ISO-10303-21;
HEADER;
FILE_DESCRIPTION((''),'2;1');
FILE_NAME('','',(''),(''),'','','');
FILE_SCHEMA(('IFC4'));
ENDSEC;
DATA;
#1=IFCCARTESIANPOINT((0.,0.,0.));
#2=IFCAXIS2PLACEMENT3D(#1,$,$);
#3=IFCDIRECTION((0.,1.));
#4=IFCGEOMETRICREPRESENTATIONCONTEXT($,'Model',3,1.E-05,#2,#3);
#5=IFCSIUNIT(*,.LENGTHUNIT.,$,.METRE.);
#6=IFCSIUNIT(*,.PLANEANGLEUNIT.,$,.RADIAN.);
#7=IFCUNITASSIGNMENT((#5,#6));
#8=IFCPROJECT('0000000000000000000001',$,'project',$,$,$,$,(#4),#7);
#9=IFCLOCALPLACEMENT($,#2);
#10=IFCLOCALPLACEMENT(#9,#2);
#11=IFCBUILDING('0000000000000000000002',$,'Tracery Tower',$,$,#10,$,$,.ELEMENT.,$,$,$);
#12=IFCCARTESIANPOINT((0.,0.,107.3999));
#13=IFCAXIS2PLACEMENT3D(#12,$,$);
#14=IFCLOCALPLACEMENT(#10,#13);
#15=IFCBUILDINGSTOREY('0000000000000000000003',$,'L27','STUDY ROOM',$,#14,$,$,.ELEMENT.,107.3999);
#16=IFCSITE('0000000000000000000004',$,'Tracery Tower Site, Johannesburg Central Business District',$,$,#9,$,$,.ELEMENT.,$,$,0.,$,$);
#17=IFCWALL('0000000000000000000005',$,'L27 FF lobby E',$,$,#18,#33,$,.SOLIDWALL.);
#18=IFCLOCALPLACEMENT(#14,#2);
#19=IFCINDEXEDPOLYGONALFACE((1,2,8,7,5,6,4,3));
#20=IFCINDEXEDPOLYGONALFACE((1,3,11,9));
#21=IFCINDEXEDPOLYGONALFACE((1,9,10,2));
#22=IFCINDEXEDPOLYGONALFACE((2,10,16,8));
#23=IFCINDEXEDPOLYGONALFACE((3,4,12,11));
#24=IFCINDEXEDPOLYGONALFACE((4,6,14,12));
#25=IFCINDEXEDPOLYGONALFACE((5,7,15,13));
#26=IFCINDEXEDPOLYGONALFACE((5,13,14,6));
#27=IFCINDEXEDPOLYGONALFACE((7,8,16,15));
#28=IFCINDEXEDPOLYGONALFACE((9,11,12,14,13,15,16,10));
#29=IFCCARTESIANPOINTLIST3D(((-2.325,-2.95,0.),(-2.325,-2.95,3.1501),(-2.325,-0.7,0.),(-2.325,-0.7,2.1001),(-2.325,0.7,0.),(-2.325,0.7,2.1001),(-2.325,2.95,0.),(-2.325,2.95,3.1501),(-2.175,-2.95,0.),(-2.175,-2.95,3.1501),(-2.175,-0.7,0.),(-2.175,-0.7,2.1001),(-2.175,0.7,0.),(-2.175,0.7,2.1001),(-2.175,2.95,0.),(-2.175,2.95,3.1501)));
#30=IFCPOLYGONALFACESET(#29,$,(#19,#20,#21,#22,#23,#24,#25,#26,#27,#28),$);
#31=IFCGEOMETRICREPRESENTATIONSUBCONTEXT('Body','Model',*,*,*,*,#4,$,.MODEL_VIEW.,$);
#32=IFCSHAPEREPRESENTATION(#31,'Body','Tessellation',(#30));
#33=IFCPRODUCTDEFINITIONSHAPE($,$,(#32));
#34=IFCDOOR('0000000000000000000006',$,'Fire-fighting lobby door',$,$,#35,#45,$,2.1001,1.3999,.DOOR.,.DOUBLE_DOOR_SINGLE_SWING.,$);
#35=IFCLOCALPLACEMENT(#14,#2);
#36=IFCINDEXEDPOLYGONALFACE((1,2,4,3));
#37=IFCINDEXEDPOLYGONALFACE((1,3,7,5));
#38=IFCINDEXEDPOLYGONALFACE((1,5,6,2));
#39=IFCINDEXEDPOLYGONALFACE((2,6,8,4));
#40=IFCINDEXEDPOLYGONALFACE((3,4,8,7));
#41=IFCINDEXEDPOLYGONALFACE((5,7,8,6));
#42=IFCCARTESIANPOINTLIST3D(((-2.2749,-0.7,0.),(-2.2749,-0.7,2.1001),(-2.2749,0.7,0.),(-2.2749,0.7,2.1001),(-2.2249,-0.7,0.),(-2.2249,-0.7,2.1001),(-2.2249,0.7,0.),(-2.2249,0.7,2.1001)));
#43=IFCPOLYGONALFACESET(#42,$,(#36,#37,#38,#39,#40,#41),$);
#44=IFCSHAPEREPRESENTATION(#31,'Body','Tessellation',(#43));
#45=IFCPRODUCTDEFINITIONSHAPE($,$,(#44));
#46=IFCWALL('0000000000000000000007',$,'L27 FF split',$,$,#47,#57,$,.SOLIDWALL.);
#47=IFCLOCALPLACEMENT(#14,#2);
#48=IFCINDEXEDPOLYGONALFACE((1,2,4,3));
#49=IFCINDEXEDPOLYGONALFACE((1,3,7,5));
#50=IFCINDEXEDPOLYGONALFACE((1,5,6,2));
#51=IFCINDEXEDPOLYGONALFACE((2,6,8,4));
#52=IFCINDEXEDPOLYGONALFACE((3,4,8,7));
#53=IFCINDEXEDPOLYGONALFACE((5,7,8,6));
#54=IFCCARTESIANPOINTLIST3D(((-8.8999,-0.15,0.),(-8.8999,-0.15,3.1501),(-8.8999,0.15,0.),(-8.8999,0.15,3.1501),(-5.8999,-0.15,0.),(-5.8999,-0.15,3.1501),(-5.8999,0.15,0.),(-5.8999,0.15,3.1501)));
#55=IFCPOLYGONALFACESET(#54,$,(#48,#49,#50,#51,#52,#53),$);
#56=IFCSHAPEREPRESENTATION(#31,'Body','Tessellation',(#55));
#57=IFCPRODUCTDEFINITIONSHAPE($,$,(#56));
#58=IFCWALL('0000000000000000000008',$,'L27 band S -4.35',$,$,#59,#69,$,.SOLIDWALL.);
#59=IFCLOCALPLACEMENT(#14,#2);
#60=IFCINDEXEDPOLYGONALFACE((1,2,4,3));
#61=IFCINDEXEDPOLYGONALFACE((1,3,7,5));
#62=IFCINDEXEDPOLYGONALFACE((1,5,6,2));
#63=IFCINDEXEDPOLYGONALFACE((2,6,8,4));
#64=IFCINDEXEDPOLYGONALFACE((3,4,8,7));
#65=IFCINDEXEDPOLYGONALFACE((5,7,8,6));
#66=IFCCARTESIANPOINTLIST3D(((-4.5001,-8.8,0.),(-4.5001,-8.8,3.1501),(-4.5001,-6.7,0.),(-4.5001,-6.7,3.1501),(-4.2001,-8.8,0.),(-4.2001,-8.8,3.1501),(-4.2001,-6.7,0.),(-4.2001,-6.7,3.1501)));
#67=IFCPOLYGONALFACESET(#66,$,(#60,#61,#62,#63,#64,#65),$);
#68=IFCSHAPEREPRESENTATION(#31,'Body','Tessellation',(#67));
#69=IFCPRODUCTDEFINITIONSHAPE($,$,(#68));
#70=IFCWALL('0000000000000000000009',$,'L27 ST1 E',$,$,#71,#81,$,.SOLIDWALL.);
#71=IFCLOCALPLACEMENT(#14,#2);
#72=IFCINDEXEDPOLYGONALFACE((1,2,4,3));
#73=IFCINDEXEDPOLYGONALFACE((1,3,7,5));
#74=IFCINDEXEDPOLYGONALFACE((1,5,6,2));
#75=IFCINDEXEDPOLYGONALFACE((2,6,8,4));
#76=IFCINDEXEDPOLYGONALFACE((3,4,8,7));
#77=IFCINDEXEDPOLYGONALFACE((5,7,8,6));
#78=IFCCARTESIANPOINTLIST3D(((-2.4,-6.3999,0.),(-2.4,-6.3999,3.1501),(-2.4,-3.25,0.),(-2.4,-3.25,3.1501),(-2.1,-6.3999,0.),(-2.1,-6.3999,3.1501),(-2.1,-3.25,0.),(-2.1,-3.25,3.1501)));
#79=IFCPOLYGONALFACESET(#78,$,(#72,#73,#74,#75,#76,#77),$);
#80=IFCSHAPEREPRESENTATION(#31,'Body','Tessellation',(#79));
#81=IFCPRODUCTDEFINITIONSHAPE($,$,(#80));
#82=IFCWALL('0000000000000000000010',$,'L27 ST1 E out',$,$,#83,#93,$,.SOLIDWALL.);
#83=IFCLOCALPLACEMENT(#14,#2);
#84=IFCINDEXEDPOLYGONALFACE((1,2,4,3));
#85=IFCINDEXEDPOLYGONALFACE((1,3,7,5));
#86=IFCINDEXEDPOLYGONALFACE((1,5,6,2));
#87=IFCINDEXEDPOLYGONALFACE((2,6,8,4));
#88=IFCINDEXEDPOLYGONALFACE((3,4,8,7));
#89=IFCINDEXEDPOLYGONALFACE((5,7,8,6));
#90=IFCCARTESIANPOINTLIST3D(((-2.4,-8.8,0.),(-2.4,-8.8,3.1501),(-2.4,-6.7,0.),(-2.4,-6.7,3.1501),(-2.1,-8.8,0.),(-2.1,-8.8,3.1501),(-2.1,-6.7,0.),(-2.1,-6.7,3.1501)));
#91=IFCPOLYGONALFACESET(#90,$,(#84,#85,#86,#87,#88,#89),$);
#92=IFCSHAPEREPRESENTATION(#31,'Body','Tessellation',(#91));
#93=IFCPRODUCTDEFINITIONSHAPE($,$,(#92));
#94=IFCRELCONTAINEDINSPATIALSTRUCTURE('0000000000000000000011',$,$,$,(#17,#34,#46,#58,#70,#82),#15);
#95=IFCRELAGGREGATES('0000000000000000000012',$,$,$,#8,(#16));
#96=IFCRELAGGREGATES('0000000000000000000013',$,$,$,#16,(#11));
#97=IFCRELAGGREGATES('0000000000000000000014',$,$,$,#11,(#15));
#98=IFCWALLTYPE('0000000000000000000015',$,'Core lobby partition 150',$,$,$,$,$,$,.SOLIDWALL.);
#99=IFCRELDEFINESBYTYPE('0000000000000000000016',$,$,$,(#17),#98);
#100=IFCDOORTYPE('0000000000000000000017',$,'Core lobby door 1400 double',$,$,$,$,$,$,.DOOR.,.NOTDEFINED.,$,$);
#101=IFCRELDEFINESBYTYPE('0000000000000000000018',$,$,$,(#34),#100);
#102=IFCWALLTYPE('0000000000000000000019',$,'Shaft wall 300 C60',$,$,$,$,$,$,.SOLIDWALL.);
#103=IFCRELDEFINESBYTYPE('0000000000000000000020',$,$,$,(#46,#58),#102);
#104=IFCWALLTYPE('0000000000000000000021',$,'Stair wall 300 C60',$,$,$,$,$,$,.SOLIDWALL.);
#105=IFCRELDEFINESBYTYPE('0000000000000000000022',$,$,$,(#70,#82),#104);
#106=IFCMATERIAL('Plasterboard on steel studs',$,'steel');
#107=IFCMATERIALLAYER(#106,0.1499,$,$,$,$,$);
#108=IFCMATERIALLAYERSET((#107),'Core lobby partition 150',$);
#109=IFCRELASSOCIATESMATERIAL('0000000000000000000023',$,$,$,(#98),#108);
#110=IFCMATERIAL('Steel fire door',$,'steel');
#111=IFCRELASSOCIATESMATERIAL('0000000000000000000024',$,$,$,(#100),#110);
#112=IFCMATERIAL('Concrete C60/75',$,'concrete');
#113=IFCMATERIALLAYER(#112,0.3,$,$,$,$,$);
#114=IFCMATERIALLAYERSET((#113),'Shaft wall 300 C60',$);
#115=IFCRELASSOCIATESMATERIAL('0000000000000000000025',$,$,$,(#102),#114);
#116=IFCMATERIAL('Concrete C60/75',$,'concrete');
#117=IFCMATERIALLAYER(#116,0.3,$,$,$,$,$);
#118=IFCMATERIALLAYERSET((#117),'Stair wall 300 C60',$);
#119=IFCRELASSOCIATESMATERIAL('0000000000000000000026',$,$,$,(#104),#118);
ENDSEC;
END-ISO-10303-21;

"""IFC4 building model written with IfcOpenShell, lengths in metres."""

from ifc_helpers import new_model, si_unit, direction, frame, frame_2d, origin, place, context, subcontext, project, spatial, rectangle, extrude, material, layer, layer_set, type_object, element, fill, save


model = new_model("IFC4")

# Units and contexts
model_context = context("Model", 3, precision=1e-05, world=origin(), true_north=direction((0.0, 1.0)))
body_context = subcontext(model_context, "Body", "Model", "MODEL_VIEW")
ifc_project = project(units=[si_unit("LENGTHUNIT", "METRE"), si_unit("PLANEANGLEUNIT", "RADIAN")], contexts=[model_context])

# Site, building, storey
site_placement = place(None, origin())
site = spatial("IfcSite", under=ifc_project, at=site_placement, Name="Tracery Tower Site, Johannesburg Central Business District", CompositionType="ELEMENT", RefElevation=0.0)
building_placement = place(site_placement, origin())
building = spatial("IfcBuilding", under=site, at=building_placement, Name="Tracery Tower", CompositionType="ELEMENT")
storey_placement = place(building_placement, frame((0.0, 0.0, 107.3999)))
storey = spatial("IfcBuildingStorey", under=building, at=storey_placement, Name="L27", Description="STUDY ROOM", CompositionType="ELEMENT", Elevation=107.3999)

# Wall, opening, door
ifc_material_1 = material(Name="Plasterboard on steel studs", Category="steel")
ifc_layer_1 = layer(ifc_material_1, 0.1499)
ifc_layer_set_1 = layer_set([ifc_layer_1], Name="Core lobby partition 150")
wall_type_1 = type_object("IfcWallType", Name="Core lobby partition 150", PredefinedType="SOLIDWALL", material=ifc_layer_set_1)
wall_1_placement = place(storey_placement, frame((-2.25, -2.95, 0.0), z_axis=(0.0, 0.0, 1.0), x_axis=(0.0, 1.0, 0.0)))
wall_1 = element("IfcWall", 1, at=wall_1_placement, inside=storey, type_object=wall_type_1, Name="L27 FF lobby E", PredefinedType="SOLIDWALL", context=body_context, shape_type="SweptSolid", body=[
    extrude(rectangle(XDim=5.8999, YDim=0.1499, at=frame_2d((2.95, 0.0))), origin(), (0.0, 0.0, 1.0), 3.1501),
])
opening_1_placement = place(wall_1_placement, frame((2.25, 0.0, 0.0)))
opening_1 = element("IfcOpeningElement", 2, at=opening_1_placement, cuts=wall_1, PredefinedType="OPENING", context=body_context, shape_type="SweptSolid", body=[
    extrude(rectangle(XDim=1.3999, YDim=2.1001, at=frame_2d((0.7, 1.05))), frame((0.0, 0.075, 0.0), z_axis=(0.0, -1.0, 0.0), x_axis=(1.0, 0.0, 0.0)), (0.0, 0.0, 1.0), 0.1499),
])
ifc_material_2 = material(Name="Steel fire door", Category="steel")
door_type_1 = type_object("IfcDoorType", Name="Core lobby door 1400 double", OperationType="NOTDEFINED", PredefinedType="DOOR", material=ifc_material_2)
door_1_placement = place(opening_1_placement, origin())
door_1 = element("IfcDoor", 3, at=door_1_placement, inside=storey, type_object=door_type_1, Name="Fire-fighting lobby door", OperationType="DOUBLE_DOOR_SINGLE_SWING", OverallHeight=2.1001, OverallWidth=1.3999, PredefinedType="DOOR", context=body_context, shape_type="SweptSolid", body=[
    extrude(rectangle(XDim=1.3999, YDim=2.1001, at=frame_2d((0.7, 1.05))), frame((0.0, 0.0249, 0.0), z_axis=(0.0, -1.0, 0.0), x_axis=(1.0, 0.0, 0.0)), (0.0, 0.0, 1.0), 0.05),
])
fill(opening_1, door_1)

# Wall
ifc_material_3 = material(Name="Concrete C60/75", Category="concrete")
ifc_layer_2 = layer(ifc_material_3, 0.3)
ifc_layer_set_2 = layer_set([ifc_layer_2], Name="Shaft wall 300 C60")
wall_type_2 = type_object("IfcWallType", Name="Shaft wall 300 C60", PredefinedType="SOLIDWALL", material=ifc_layer_set_2)
wall_2_placement = place(storey_placement, frame((-8.8999, 0.0, 0.0), z_axis=(0.0, 0.0, 1.0), x_axis=(1.0, 0.0, 0.0)))
element("IfcWall", 4, at=wall_2_placement, inside=storey, type_object=wall_type_2, Name="L27 FF split", PredefinedType="SOLIDWALL", context=body_context, shape_type="SweptSolid", body=[
    extrude(rectangle(XDim=3.0, YDim=0.3, at=frame_2d((1.5, 0.0))), origin(), (0.0, 0.0, 1.0), 3.1501),
])

# Wall
wall_3_placement = place(storey_placement, frame((-4.3501, -8.8, 0.0), z_axis=(0.0, 0.0, 1.0), x_axis=(0.0, 1.0, 0.0)))
element("IfcWall", 5, at=wall_3_placement, inside=storey, type_object=wall_type_2, Name="L27 band S -4.35", PredefinedType="SOLIDWALL", context=body_context, shape_type="SweptSolid", body=[
    extrude(rectangle(XDim=2.1001, YDim=0.3, at=frame_2d((1.05, 0.0))), origin(), (0.0, 0.0, 1.0), 3.1501),
])

# Shared definitions
ifc_material_4 = material(Name="Concrete C60/75", Category="concrete")
ifc_layer_3 = layer(ifc_material_4, 0.3)
ifc_layer_set_3 = layer_set([ifc_layer_3], Name="Stair wall 300 C60")
wall_type_3 = type_object("IfcWallType", Name="Stair wall 300 C60", PredefinedType="SOLIDWALL", material=ifc_layer_set_3)

# Walls
wall_4_placement = place(storey_placement, frame((-2.25, -6.3999, 0.0), z_axis=(0.0, 0.0, 1.0), x_axis=(0.0, 1.0, 0.0)))
element("IfcWall", 6, at=wall_4_placement, inside=storey, type_object=wall_type_3, Name="L27 ST1 E", PredefinedType="SOLIDWALL", context=body_context, shape_type="SweptSolid", body=[
    extrude(rectangle(XDim=3.1499, YDim=0.3, at=frame_2d((1.575, 0.0))), origin(), (0.0, 0.0, 1.0), 3.1501),
])
wall_5_placement = place(storey_placement, frame((-2.25, -8.8, 0.0), z_axis=(0.0, 0.0, 1.0), x_axis=(0.0, 1.0, 0.0)))
element("IfcWall", 7, at=wall_5_placement, inside=storey, type_object=wall_type_3, Name="L27 ST1 E out", PredefinedType="SOLIDWALL", context=body_context, shape_type="SweptSolid", body=[
    extrude(rectangle(XDim=2.1001, YDim=0.3, at=frame_2d((1.05, 0.0))), origin(), (0.0, 0.0, 1.0), 3.1501),
])

save(model, "model.ifc")
